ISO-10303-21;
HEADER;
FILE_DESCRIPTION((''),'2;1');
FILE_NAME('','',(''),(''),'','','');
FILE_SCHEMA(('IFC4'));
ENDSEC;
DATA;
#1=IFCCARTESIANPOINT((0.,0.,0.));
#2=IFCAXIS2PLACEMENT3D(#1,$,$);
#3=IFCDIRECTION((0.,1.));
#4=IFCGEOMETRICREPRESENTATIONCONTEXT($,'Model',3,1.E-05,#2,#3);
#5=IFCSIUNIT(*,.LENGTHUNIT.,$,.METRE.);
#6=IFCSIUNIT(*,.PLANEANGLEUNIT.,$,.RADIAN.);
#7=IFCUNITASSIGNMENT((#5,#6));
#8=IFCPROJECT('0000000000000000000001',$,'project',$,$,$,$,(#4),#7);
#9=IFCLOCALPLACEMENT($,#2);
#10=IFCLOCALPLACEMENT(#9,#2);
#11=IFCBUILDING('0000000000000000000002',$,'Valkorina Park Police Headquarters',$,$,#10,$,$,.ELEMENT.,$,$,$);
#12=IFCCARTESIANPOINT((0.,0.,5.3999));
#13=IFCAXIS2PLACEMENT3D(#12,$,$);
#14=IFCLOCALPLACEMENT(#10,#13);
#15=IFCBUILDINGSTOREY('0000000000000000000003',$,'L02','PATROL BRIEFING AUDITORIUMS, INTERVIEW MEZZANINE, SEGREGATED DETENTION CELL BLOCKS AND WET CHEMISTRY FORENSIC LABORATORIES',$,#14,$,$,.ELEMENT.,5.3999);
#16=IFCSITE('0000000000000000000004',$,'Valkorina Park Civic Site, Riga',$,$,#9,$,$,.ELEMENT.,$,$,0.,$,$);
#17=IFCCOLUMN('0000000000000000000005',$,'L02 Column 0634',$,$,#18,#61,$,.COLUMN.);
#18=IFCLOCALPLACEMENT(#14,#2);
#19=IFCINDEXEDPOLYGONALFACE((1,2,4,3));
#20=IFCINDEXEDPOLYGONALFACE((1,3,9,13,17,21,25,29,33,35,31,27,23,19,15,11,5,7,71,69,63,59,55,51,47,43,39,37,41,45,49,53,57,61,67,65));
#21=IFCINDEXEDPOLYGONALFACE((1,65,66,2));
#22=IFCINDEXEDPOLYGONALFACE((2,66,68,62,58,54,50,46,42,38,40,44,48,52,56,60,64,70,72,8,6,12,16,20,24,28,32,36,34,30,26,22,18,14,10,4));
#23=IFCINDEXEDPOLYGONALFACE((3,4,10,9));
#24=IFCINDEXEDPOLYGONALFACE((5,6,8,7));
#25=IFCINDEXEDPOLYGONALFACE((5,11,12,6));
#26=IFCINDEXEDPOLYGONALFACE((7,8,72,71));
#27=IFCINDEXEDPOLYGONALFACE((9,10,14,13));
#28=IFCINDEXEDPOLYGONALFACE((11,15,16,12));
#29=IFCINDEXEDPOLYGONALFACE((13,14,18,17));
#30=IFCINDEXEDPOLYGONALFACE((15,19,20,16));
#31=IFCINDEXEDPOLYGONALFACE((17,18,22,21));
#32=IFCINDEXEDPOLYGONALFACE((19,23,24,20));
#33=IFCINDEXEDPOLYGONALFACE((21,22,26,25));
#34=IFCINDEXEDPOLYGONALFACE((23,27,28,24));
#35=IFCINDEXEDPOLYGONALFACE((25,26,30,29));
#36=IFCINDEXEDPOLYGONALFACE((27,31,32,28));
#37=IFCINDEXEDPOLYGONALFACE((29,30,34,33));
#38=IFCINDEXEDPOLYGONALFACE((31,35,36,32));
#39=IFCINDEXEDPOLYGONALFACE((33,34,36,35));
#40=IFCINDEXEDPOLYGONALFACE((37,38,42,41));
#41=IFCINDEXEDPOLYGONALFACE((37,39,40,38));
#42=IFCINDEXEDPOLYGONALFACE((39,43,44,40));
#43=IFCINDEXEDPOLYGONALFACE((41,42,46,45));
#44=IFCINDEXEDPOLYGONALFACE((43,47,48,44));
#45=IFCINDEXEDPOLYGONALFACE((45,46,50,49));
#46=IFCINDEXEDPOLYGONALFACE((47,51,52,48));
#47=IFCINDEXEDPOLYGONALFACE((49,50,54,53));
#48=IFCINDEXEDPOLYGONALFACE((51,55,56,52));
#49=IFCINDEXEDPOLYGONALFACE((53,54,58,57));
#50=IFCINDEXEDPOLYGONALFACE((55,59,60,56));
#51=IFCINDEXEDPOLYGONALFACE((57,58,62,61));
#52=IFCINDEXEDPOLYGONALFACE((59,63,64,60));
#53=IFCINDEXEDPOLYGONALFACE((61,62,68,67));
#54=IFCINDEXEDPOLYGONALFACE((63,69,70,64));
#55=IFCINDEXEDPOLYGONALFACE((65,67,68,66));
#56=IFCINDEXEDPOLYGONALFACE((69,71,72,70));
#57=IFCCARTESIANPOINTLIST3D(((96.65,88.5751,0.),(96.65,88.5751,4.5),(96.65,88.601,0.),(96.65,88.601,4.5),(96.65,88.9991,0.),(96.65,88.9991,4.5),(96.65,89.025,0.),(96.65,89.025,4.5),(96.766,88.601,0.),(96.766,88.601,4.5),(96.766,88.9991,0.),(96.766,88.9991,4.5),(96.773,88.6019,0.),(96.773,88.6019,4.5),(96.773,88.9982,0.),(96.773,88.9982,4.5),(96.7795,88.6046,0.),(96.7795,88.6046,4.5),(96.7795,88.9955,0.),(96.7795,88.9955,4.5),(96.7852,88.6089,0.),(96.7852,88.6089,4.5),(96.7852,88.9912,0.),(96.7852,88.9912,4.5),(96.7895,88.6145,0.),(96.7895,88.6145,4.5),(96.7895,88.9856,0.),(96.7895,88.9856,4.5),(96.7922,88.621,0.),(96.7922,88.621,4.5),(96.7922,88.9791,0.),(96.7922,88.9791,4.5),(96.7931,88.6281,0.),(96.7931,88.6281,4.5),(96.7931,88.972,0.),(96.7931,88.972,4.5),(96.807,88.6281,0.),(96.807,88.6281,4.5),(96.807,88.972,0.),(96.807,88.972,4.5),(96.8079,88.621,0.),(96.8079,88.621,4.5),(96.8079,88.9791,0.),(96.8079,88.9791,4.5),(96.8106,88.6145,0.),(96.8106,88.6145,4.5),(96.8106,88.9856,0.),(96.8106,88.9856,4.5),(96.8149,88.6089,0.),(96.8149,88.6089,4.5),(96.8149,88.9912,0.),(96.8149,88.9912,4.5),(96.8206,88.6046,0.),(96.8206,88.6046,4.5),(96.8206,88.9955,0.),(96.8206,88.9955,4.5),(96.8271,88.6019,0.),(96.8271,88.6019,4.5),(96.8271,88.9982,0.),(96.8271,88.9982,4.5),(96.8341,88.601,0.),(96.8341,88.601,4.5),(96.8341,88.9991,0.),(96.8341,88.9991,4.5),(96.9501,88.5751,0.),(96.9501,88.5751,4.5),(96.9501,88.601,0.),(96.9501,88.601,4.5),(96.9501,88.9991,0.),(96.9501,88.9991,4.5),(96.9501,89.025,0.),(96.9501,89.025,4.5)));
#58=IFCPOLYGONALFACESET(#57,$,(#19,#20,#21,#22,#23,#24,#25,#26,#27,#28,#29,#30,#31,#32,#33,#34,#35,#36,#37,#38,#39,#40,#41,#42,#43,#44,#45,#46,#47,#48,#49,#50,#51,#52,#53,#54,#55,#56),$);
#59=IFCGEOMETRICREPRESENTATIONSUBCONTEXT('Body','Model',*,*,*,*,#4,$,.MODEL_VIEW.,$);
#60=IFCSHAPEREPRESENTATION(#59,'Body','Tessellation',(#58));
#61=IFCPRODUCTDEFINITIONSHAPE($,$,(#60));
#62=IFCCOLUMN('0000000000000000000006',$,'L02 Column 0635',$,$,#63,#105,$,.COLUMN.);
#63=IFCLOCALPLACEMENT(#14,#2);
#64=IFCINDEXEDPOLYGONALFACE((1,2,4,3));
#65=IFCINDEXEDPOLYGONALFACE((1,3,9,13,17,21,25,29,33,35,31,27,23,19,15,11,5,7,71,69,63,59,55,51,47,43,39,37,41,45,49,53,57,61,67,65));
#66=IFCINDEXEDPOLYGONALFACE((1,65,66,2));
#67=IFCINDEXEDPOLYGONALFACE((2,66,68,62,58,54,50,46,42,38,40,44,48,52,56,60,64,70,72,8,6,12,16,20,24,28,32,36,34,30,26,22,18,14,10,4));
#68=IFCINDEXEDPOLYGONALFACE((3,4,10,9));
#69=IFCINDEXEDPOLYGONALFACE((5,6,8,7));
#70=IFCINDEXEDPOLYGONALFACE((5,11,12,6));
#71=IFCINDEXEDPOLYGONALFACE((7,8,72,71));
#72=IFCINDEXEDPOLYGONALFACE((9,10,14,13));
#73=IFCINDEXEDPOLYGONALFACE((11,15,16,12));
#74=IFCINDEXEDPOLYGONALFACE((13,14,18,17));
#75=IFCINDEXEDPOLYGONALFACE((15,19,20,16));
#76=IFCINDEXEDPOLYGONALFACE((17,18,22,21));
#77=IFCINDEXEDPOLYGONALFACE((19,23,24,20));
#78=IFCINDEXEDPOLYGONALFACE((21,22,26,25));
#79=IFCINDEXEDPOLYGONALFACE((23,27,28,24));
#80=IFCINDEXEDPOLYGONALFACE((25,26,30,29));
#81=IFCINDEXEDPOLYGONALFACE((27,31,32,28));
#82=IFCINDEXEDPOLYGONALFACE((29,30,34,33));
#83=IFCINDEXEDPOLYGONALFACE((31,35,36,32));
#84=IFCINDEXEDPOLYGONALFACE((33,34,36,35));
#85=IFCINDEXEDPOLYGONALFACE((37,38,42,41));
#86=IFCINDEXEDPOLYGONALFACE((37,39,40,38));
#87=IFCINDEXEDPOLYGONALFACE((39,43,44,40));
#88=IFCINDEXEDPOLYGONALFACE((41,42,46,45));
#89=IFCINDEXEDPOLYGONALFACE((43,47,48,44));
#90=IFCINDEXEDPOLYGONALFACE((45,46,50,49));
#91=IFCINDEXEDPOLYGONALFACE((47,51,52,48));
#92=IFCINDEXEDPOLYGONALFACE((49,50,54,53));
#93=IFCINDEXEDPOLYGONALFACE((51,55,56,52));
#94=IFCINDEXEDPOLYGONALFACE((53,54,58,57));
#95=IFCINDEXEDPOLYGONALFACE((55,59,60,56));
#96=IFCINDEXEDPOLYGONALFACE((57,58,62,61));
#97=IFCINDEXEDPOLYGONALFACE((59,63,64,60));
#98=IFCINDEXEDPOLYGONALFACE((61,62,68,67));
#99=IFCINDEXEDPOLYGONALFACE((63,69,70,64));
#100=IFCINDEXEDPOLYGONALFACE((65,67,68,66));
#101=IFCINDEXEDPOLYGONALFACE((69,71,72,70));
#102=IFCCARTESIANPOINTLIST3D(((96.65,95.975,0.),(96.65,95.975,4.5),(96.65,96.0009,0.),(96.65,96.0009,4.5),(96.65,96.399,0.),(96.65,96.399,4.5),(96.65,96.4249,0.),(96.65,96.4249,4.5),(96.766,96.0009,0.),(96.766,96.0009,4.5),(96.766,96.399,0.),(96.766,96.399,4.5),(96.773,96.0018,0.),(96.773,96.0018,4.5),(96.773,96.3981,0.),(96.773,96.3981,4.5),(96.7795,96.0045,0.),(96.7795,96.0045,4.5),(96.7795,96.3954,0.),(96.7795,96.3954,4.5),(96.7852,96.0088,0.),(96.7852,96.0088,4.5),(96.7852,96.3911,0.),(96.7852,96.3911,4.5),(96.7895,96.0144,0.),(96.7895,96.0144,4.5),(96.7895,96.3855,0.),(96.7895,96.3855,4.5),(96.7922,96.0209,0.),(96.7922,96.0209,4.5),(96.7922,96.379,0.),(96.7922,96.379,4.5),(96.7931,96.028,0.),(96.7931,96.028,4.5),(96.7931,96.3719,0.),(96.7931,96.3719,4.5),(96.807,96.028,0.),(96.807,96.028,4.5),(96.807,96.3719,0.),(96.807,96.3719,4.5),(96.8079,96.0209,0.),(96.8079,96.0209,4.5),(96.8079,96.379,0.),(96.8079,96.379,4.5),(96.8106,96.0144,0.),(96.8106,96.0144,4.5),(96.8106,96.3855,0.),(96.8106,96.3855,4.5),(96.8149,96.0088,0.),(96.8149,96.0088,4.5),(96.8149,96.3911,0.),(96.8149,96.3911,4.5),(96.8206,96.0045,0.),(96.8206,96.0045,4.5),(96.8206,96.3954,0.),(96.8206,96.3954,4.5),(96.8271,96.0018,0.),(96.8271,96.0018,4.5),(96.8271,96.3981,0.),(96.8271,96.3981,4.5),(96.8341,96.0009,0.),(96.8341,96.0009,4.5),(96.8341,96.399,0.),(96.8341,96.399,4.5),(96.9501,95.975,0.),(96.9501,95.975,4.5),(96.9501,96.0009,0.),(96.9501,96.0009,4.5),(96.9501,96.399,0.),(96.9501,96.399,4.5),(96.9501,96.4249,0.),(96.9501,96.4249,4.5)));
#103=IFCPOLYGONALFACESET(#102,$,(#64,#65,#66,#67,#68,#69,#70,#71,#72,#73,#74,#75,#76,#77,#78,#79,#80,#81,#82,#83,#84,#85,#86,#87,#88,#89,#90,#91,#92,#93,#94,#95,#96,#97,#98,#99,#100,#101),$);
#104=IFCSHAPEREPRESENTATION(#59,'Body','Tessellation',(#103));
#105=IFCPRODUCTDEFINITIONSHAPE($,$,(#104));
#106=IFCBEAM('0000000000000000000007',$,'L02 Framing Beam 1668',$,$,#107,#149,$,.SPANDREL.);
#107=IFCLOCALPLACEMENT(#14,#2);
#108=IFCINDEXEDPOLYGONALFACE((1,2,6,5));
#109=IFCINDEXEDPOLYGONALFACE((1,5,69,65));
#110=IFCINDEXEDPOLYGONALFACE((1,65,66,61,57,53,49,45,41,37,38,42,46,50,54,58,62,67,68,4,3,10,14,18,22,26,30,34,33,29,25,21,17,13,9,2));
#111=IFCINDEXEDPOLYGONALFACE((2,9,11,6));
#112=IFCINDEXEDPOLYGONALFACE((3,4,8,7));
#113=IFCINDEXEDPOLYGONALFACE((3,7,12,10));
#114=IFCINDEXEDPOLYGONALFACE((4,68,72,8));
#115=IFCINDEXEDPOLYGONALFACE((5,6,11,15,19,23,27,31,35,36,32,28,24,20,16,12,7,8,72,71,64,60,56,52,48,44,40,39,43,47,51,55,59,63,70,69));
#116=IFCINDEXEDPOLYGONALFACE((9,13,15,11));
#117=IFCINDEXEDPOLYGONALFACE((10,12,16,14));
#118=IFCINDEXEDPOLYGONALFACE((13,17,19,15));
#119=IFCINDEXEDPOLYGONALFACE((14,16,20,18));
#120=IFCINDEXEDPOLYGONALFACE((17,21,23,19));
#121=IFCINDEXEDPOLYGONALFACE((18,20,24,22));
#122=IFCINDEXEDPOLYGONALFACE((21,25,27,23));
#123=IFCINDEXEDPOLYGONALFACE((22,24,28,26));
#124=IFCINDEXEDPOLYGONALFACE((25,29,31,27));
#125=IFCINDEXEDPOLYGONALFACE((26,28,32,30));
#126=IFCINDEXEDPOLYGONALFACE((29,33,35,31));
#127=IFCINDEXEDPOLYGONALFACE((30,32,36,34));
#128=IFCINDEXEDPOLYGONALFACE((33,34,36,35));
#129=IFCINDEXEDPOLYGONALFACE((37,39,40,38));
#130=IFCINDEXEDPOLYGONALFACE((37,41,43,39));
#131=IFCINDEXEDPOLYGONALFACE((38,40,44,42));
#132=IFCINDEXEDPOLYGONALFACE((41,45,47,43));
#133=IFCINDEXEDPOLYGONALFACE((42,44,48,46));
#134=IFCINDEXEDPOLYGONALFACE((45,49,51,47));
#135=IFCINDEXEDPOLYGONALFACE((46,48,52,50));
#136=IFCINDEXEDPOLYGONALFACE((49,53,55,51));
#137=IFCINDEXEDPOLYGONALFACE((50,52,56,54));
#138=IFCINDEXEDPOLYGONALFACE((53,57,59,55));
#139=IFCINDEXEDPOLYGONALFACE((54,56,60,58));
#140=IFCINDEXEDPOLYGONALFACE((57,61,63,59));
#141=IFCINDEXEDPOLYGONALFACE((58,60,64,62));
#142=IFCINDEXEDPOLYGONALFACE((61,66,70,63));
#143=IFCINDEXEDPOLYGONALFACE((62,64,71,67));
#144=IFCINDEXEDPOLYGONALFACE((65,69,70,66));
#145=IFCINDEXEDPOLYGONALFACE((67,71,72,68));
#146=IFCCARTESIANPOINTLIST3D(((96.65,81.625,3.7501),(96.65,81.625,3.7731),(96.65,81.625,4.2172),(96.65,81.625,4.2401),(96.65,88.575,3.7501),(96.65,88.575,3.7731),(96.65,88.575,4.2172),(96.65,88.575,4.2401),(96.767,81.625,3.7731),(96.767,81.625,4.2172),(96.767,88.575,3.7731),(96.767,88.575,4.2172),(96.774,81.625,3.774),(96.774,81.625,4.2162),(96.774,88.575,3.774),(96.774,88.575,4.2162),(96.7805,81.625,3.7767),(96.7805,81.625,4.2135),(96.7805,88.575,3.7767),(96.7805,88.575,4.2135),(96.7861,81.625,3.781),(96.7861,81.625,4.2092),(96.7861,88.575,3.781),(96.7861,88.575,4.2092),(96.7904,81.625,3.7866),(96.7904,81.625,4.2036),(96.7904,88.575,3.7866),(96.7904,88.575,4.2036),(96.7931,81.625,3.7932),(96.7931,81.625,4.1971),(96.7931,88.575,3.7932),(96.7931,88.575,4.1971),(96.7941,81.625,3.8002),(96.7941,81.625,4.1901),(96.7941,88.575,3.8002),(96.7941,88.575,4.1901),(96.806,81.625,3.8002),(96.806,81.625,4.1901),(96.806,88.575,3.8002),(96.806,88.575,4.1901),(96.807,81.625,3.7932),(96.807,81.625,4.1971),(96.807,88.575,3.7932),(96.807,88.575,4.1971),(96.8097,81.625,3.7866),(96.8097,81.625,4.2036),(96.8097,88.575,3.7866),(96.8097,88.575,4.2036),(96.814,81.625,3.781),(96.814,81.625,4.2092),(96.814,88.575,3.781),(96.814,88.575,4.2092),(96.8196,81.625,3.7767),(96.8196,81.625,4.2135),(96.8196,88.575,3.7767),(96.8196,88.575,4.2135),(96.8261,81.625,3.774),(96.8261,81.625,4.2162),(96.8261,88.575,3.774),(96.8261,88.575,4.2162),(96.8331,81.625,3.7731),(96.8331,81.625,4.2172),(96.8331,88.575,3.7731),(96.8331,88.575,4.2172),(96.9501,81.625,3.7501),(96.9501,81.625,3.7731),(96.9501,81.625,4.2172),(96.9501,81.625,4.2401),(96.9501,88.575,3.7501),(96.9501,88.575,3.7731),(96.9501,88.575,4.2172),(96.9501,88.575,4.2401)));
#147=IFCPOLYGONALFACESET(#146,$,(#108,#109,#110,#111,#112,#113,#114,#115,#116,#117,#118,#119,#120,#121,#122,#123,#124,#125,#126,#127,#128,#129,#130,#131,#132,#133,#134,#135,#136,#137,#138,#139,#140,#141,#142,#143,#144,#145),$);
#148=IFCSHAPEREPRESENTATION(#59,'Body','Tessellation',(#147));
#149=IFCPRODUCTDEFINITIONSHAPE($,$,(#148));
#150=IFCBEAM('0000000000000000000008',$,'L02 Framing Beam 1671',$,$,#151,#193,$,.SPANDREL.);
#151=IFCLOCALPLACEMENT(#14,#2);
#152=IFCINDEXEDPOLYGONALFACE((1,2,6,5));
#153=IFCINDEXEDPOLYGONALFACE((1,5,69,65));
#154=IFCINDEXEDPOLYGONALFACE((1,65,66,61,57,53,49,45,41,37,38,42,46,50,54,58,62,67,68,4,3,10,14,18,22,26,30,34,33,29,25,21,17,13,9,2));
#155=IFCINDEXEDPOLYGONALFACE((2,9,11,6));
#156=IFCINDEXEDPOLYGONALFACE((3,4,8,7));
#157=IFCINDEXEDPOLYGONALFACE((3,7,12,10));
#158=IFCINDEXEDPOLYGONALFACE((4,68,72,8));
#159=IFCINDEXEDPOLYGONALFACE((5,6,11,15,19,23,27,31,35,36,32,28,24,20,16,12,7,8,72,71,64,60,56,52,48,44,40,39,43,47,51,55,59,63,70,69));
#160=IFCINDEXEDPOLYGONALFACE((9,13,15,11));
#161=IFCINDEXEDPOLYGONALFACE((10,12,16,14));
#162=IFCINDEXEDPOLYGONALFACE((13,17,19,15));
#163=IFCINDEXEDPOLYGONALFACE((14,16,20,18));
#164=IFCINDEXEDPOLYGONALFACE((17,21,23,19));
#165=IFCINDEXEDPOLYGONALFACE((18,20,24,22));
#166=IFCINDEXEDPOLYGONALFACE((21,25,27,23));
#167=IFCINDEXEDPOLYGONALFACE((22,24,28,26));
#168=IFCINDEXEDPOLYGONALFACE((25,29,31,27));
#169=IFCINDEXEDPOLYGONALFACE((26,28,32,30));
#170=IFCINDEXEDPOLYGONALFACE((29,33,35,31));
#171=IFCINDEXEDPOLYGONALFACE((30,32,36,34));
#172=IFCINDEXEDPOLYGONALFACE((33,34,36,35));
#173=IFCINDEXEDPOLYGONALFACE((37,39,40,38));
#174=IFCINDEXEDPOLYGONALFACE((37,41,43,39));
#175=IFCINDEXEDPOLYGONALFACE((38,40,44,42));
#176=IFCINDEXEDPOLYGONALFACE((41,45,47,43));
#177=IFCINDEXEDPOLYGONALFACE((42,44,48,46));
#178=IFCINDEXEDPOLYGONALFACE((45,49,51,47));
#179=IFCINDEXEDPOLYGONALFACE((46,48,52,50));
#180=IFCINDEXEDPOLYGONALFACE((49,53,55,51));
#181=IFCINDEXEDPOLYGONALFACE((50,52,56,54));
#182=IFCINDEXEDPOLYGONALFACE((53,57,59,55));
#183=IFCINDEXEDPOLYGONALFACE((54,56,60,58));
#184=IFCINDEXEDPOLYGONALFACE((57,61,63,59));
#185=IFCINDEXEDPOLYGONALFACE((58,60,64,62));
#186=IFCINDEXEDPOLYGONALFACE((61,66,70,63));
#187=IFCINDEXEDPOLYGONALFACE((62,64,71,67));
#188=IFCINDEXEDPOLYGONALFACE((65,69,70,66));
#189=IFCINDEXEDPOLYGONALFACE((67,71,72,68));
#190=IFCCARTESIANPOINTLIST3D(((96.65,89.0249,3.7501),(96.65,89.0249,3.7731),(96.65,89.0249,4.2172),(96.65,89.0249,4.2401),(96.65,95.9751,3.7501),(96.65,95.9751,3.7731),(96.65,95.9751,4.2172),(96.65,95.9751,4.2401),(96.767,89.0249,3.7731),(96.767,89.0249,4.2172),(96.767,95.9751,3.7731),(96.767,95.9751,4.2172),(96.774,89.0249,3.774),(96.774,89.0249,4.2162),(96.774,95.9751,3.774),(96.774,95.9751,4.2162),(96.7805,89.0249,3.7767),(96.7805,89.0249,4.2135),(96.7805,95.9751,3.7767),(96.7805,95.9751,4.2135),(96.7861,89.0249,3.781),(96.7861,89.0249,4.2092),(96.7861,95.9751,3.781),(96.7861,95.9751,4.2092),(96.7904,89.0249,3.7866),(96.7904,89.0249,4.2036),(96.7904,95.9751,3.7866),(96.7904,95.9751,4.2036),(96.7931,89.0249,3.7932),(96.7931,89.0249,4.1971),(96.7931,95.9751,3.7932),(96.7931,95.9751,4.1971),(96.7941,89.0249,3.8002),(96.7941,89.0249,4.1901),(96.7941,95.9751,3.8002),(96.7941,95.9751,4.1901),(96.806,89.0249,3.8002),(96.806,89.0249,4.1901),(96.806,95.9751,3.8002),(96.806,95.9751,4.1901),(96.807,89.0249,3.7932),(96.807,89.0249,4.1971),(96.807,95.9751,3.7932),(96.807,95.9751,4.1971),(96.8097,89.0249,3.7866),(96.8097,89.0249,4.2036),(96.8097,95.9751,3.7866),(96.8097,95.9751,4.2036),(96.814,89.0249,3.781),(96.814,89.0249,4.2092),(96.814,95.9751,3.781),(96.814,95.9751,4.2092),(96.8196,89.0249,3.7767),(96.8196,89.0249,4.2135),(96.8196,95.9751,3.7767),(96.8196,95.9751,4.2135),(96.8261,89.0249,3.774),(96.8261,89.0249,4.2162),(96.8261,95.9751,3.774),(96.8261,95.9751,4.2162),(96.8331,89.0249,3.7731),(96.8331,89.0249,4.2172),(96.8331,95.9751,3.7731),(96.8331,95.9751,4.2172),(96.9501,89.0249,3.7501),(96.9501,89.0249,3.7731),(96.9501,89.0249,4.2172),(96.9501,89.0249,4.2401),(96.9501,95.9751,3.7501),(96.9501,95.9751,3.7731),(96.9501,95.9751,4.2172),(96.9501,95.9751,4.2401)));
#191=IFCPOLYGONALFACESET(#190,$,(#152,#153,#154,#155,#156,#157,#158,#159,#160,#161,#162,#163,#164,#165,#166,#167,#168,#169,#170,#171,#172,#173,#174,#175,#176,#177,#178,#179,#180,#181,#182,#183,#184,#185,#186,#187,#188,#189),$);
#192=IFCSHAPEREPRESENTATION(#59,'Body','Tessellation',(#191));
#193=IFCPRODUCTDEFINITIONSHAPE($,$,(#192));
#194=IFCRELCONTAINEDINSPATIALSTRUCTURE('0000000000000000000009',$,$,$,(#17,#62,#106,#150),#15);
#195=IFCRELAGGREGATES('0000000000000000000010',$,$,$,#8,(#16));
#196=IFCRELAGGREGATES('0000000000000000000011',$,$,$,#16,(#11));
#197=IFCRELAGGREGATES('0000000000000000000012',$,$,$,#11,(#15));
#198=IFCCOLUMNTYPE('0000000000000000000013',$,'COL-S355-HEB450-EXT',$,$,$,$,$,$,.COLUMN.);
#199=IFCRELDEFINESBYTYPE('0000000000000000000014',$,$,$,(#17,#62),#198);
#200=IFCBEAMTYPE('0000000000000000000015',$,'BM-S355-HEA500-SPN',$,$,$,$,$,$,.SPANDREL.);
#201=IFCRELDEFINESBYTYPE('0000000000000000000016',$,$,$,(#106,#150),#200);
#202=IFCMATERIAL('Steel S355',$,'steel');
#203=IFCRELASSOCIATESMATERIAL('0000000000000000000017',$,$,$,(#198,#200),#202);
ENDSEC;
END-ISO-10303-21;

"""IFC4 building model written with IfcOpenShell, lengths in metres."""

from ifc_helpers import new_model, si_unit, direction, frame, origin, origin_2d, place, context, subcontext, project, spatial, i_section, extrude, material, material_profile, profile_set, type_object, element, save


model = new_model("IFC4")

# Units and contexts
model_context = context("Model", 3, precision=1e-05, world=origin(), true_north=direction((0.0, 1.0)))
body_context = subcontext(model_context, "Body", "Model", "MODEL_VIEW")
ifc_project = project(units=[si_unit("LENGTHUNIT", "METRE"), si_unit("PLANEANGLEUNIT", "RADIAN")], contexts=[model_context])

# Site, building, storey
site_placement = place(None, origin())
site = spatial("IfcSite", under=ifc_project, at=site_placement, Name="Valkorina Park Civic Site, Riga", CompositionType="ELEMENT", RefElevation=0.0)
building_placement = place(site_placement, origin())
building = spatial("IfcBuilding", under=site, at=building_placement, Name="Valkorina Park Police Headquarters", CompositionType="ELEMENT")
storey_placement = place(building_placement, frame((0.0, 0.0, 5.3999)))
storey = spatial("IfcBuildingStorey", under=building, at=storey_placement, Name="L02", Description="PATROL BRIEFING AUDITORIUMS, INTERVIEW MEZZANINE, SEGREGATED DETENTION CELL BLOCKS AND WET CHEMISTRY FORENSIC LABORATORIES", CompositionType="ELEMENT", Elevation=5.3999)

# Columns
ifc_material_1 = material(Name="Steel S355", Category="steel")
ifc_material_profile_1 = material_profile(ifc_material_1, i_section(OverallWidth=0.3, OverallDepth=0.45, WebThickness=0.0139, FlangeThickness=0.0259, FilletRadius=0.0271, at=origin_2d()), Name="HEB 450")
ifc_profile_set_1 = profile_set([ifc_material_profile_1], Name="Steel S355")
column_type = type_object("IfcColumnType", Name="COL-S355-HEB450-EXT", PredefinedType="COLUMN", material=ifc_profile_set_1)
for number, where, z_axis, x_axis, name in (
    (1, (96.8, 88.8, 0.0), (0.0, 0.0, 1.0), (1.0, 0.0, 0.0), "L02 Column 0634"),
    (2, (96.8, 96.2, 0.0), (0.0, 0.0, 1.0), (1.0, 0.0, 0.0), "L02 Column 0635"),
):
    element("IfcColumn", number, at=place(storey_placement, frame(where, z_axis=z_axis, x_axis=x_axis)), inside=storey, type_object=column_type, Name=name, PredefinedType="COLUMN", context=body_context, shape_type="SweptSolid", body=[
        extrude(i_section(OverallWidth=0.3, OverallDepth=0.45, WebThickness=0.0139, FlangeThickness=0.0259, FilletRadius=0.0271, at=origin_2d()), origin(), (0.0, 0.0, 1.0), 4.5),
    ])

# Beams
ifc_material_profile_2 = material_profile(ifc_material_1, i_section(OverallWidth=0.3, OverallDepth=0.49, WebThickness=0.012, FlangeThickness=0.0229, FilletRadius=0.0271, at=origin_2d()), Name="HEA 500")
ifc_profile_set_2 = profile_set([ifc_material_profile_2], Name="Steel S355")
beam_type_1 = type_object("IfcBeamType", Name="BM-S355-HEA500-SPN", PredefinedType="SPANDREL", material=ifc_profile_set_2)
beam_1_placement = place(storey_placement, frame((96.8, 81.625, 3.9951), z_axis=(0.0, 1.0, 0.0), x_axis=(-1.0, 0.0, 0.0)))
element("IfcBeam", 3, at=beam_1_placement, inside=storey, type_object=beam_type_1, Name="L02 Framing Beam 1668", PredefinedType="SPANDREL", context=body_context, shape_type="SweptSolid", body=[
    extrude(i_section(OverallWidth=0.3, OverallDepth=0.49, WebThickness=0.012, FlangeThickness=0.0229, FilletRadius=0.0271, at=origin_2d()), origin(), (0.0, 0.0, 1.0), 6.95),
])
beam_2_placement = place(storey_placement, frame((96.8, 89.0249, 3.9951), z_axis=(0.0, 1.0, 0.0), x_axis=(-1.0, 0.0, 0.0)))
element("IfcBeam", 4, at=beam_2_placement, inside=storey, type_object=beam_type_1, Name="L02 Framing Beam 1671", PredefinedType="SPANDREL", context=body_context, shape_type="SweptSolid", body=[
    extrude(i_section(OverallWidth=0.3, OverallDepth=0.49, WebThickness=0.012, FlangeThickness=0.0229, FilletRadius=0.0271, at=origin_2d()), origin(), (0.0, 0.0, 1.0), 6.9502),
])

save(model, "model.ifc")
